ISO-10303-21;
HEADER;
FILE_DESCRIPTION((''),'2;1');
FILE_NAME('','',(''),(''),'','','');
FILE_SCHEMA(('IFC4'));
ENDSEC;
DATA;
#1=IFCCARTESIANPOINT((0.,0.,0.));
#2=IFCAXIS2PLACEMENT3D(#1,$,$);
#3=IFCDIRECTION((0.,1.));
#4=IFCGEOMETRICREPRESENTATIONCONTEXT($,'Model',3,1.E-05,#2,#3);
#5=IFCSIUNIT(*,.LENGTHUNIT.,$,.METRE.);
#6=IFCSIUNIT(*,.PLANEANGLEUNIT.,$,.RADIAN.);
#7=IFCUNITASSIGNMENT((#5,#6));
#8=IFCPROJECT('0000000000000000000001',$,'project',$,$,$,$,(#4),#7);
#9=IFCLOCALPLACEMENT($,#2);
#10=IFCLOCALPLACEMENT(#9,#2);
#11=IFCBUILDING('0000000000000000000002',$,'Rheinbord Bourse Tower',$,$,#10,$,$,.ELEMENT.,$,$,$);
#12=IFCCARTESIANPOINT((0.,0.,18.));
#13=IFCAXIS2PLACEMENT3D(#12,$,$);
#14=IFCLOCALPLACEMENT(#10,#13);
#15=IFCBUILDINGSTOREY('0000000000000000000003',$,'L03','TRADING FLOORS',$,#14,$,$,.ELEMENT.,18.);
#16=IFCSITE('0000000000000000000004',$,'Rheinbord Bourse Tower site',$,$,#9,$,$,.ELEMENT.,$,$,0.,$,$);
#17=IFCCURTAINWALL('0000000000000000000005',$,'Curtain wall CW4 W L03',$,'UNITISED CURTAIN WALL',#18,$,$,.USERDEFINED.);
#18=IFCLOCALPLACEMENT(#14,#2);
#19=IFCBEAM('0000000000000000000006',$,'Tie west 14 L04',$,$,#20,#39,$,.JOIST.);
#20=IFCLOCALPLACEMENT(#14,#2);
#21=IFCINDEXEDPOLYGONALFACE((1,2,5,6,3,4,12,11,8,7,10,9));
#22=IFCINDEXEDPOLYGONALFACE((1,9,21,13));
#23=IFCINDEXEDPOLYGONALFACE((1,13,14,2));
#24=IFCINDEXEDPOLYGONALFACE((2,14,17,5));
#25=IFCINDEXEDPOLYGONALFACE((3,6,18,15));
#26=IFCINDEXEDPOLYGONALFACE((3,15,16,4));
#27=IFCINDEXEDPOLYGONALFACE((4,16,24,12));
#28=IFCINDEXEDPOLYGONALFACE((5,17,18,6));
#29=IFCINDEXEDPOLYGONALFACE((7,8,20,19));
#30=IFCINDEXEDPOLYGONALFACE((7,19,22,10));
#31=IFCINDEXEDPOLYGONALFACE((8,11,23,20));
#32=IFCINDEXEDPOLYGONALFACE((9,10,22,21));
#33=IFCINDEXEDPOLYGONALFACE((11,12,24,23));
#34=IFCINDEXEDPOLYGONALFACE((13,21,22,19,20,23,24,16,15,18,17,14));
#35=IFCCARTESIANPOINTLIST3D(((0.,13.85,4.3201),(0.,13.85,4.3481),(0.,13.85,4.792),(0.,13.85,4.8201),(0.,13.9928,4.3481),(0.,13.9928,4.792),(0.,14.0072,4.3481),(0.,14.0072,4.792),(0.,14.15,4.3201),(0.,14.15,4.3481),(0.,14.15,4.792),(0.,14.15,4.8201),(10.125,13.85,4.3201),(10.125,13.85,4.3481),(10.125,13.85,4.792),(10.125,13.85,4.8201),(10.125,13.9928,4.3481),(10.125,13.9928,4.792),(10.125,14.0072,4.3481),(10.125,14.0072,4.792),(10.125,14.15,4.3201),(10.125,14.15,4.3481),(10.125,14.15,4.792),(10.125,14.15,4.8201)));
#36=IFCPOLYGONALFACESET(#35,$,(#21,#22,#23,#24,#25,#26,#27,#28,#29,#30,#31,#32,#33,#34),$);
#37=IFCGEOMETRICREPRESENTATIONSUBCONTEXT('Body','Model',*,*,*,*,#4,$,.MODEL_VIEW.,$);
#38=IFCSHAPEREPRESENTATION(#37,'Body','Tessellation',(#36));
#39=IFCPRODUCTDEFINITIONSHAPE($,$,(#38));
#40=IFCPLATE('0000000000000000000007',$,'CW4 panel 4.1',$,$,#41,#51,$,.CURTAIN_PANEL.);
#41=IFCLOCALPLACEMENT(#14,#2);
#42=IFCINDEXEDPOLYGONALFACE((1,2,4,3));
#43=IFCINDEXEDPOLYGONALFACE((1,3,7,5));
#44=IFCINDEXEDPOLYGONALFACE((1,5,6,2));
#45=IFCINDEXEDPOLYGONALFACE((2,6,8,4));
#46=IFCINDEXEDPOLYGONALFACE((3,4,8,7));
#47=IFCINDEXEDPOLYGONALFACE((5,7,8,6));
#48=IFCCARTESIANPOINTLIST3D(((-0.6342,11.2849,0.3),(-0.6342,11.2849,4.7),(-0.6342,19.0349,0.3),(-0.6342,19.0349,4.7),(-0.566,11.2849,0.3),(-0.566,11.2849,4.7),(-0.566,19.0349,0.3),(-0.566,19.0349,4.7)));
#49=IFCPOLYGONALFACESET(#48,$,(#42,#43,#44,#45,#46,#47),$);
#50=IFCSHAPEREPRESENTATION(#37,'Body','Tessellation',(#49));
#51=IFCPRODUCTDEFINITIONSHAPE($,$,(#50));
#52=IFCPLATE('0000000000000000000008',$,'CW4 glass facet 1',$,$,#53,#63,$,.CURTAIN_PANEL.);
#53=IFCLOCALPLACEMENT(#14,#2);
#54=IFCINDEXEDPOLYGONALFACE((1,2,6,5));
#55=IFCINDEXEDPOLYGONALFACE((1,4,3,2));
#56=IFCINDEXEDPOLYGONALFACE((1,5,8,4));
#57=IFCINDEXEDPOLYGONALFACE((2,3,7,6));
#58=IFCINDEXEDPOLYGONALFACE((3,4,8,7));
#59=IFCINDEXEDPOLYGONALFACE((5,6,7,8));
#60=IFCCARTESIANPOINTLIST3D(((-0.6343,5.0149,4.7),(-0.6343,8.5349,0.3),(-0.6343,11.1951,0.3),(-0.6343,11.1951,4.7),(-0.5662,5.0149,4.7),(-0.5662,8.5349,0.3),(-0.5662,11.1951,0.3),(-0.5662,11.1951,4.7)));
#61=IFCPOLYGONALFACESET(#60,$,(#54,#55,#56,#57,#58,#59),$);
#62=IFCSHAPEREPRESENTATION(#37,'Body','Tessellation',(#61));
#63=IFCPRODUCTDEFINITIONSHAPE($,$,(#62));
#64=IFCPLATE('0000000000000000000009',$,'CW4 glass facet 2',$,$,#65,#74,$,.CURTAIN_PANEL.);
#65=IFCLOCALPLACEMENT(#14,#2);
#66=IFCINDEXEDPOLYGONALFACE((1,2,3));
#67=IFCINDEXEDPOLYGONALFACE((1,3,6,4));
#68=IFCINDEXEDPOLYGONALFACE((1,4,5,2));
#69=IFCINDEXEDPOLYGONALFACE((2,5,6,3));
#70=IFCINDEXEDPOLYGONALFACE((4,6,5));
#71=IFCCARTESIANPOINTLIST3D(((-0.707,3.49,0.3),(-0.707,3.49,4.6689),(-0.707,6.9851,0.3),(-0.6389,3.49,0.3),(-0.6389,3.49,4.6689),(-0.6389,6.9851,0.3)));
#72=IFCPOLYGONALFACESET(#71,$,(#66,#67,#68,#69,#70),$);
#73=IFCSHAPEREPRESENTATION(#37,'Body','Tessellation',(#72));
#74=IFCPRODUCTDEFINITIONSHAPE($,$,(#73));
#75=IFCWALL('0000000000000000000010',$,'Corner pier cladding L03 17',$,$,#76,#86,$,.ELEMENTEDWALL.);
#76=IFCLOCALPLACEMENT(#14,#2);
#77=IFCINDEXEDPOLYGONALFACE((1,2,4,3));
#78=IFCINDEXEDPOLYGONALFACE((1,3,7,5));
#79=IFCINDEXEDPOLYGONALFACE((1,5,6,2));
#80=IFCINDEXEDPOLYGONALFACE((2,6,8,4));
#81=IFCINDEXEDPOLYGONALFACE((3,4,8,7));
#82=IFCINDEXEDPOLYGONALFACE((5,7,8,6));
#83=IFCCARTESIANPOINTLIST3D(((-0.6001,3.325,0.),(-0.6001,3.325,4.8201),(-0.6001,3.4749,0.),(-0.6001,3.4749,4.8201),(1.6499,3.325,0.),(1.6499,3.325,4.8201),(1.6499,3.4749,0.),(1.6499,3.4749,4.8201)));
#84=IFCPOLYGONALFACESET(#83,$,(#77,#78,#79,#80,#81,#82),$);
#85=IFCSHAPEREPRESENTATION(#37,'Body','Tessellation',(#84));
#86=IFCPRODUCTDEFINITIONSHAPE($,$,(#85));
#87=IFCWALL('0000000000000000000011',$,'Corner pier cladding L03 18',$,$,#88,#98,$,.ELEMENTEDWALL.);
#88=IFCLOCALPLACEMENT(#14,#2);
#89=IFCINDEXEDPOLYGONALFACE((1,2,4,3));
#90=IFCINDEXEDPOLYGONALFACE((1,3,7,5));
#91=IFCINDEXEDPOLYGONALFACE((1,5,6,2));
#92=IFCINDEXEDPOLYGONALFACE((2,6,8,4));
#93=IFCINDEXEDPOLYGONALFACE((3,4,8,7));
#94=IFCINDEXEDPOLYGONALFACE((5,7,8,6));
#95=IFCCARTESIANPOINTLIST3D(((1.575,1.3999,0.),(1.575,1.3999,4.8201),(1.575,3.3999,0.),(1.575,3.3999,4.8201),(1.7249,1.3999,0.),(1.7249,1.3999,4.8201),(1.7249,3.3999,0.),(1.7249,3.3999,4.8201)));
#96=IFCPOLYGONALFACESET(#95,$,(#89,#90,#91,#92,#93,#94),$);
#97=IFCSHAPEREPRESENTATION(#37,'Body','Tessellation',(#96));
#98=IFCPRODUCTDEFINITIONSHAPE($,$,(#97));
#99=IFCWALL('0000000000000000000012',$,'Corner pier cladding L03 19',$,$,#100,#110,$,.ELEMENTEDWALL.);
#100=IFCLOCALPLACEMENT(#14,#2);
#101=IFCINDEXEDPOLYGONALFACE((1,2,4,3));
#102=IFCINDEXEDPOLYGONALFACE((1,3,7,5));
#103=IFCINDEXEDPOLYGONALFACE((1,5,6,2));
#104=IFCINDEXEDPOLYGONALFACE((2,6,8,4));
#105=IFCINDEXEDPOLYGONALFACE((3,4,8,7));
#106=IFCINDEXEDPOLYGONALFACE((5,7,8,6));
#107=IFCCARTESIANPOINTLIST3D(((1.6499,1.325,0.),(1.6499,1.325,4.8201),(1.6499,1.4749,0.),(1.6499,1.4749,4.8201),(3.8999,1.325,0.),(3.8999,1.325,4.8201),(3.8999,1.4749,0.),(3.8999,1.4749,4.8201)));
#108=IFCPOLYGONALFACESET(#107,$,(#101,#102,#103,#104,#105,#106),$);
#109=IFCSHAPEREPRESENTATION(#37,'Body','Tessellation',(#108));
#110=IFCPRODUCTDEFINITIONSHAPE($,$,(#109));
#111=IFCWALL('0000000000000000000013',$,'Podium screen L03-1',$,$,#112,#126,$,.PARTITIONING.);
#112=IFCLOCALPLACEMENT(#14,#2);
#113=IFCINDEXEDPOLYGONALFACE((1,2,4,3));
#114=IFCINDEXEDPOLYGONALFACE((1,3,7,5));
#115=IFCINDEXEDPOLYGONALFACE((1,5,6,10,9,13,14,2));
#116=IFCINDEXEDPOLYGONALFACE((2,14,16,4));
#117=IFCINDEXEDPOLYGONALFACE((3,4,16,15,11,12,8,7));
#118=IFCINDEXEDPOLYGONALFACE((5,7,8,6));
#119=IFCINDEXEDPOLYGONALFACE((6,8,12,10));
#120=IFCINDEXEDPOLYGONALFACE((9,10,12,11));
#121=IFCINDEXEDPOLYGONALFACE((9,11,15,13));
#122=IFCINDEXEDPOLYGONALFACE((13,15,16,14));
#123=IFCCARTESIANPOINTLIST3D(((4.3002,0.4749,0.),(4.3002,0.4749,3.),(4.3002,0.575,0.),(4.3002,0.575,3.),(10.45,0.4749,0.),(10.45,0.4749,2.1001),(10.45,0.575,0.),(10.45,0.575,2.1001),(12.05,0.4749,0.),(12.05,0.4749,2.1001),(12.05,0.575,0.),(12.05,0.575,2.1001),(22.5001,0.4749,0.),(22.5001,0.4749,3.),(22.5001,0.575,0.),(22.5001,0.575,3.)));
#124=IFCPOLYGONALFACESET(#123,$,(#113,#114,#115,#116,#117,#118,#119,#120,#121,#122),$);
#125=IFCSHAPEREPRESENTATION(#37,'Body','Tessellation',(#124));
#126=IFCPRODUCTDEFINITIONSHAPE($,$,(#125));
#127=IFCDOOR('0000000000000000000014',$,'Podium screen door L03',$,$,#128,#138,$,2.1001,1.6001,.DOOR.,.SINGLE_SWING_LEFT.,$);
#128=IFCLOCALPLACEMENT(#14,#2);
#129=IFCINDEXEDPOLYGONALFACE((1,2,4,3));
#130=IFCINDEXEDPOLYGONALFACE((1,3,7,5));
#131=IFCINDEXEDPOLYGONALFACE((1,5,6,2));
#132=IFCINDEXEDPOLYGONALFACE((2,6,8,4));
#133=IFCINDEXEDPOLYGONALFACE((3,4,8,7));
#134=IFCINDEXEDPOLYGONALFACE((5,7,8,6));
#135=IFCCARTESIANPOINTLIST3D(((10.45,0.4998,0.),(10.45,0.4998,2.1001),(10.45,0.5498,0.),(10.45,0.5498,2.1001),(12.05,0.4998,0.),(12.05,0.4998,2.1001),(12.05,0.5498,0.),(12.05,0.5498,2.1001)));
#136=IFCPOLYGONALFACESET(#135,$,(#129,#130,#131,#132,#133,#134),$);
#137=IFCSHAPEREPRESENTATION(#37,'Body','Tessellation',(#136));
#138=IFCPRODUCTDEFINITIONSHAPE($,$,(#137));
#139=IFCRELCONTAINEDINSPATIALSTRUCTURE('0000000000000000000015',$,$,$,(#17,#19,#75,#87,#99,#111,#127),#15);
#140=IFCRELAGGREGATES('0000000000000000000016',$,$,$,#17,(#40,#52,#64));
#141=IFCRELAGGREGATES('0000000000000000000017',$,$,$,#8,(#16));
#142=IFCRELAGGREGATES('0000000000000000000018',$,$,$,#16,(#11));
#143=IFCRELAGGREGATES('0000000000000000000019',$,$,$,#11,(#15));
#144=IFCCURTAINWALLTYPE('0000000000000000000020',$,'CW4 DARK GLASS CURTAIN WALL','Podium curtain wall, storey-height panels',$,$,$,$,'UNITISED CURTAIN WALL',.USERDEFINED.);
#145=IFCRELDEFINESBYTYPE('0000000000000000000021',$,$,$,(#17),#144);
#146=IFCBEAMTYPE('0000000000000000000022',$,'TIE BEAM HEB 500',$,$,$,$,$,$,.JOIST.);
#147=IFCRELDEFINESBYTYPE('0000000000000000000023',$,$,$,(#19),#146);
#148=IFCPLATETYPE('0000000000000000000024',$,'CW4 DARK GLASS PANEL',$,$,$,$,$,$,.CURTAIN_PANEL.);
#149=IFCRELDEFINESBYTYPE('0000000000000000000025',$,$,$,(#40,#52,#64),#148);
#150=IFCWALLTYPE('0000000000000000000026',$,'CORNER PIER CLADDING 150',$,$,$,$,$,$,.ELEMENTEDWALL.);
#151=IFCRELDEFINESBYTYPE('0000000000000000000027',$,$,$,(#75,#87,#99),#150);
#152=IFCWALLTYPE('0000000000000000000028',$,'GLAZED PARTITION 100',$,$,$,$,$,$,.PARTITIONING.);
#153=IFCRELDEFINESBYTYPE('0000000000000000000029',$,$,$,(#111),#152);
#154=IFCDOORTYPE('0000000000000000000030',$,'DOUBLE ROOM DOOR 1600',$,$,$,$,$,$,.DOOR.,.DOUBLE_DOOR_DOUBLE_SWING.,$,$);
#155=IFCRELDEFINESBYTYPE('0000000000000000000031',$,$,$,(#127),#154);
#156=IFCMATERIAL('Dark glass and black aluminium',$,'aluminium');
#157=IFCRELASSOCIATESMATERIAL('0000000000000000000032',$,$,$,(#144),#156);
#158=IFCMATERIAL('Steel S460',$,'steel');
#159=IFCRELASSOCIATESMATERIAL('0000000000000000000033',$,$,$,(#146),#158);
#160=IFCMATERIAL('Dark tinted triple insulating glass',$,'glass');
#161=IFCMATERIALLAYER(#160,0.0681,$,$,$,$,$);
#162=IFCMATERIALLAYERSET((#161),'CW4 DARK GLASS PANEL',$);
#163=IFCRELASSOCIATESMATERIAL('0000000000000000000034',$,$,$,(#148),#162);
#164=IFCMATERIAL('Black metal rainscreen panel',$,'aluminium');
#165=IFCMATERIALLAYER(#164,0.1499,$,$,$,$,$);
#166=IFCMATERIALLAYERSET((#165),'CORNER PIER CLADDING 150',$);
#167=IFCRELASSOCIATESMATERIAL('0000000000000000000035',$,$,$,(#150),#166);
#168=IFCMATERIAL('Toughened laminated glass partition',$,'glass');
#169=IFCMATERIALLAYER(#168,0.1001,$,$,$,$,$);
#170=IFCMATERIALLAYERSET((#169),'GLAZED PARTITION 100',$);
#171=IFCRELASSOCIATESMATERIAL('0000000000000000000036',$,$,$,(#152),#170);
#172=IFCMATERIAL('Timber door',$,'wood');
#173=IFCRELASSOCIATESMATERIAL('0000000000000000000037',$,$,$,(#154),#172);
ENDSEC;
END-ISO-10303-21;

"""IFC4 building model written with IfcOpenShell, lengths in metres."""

from ifc_helpers import new_model, si_unit, direction, frame, frame_2d, origin, origin_2d, place, context, subcontext, project, spatial, polyline, rectangle, i_section, outline, extrude, material, layer, layer_set, material_profile, profile_set, type_object, element, fill, aggregate, save


model = new_model("IFC4")

# Units and contexts
model_context = context("Model", 3, precision=1e-05, world=origin(), true_north=direction((0.0, 1.0)))
body_context = subcontext(model_context, "Body", "Model", "MODEL_VIEW")
ifc_project = project(units=[si_unit("LENGTHUNIT", "METRE"), si_unit("PLANEANGLEUNIT", "RADIAN")], contexts=[model_context])

# Site, building, storey
site_placement = place(None, origin())
site = spatial("IfcSite", under=ifc_project, at=site_placement, Name="Rheinbord Bourse Tower site", CompositionType="ELEMENT", RefElevation=0.0)
building_placement = place(site_placement, origin())
building = spatial("IfcBuilding", under=site, at=building_placement, Name="Rheinbord Bourse Tower", CompositionType="ELEMENT")
storey_placement = place(building_placement, frame((0.0, 0.0, 18.0)))
storey = spatial("IfcBuildingStorey", under=building, at=storey_placement, Name="L03", Description="TRADING FLOORS", CompositionType="ELEMENT", Elevation=18.0)

# Curtain wall
ifc_material_1 = material(Name="Dark glass and black aluminium", Category="aluminium")
curtain_wall_type = type_object("IfcCurtainWallType", Name="CW4 DARK GLASS CURTAIN WALL", Description="Podium curtain wall, storey-height panels", ElementType="UNITISED CURTAIN WALL", PredefinedType="USERDEFINED", material=ifc_material_1)
curtain_wall_1_placement = place(storey_placement, origin())
curtain_wall_1 = element("IfcCurtainWall", 1, at=curtain_wall_1_placement, inside=storey, type_object=curtain_wall_type, Name="Curtain wall CW4 W L03", ObjectType="UNITISED CURTAIN WALL", PredefinedType="USERDEFINED")

# Beam
ifc_material_2 = material(Name="Steel S460", Category="steel")
ifc_material_profile_1 = material_profile(ifc_material_2, i_section(OverallWidth=0.3, OverallDepth=0.5, WebThickness=0.0144, FlangeThickness=0.0281, at=origin_2d()), Name="HEB 500")
ifc_profile_set_1 = profile_set([ifc_material_profile_1], Name="Steel S460")
beam_type_1 = type_object("IfcBeamType", Name="TIE BEAM HEB 500", PredefinedType="JOIST", material=ifc_profile_set_1)
for number, where, z_axis, x_axis, name in (
    (2, (0.0, 14.0, 4.5701), (1.0, 0.0, 0.0), (0.0, 1.0, 0.0), "Tie west 14 L04"),
):
    element("IfcBeam", number, at=place(storey_placement, frame(where, z_axis=z_axis, x_axis=x_axis)), inside=storey, type_object=beam_type_1, Name=name, PredefinedType="JOIST", context=body_context, shape_type="SweptSolid", body=[
        extrude(i_section(OverallWidth=0.3, OverallDepth=0.5, WebThickness=0.0144, FlangeThickness=0.0281, at=origin_2d()), origin(), (0.0, 0.0, 1.0), 10.125),
    ])

# Plates
ifc_material_3 = material(Name="Dark tinted triple insulating glass", Category="glass")
ifc_layer_1 = layer(ifc_material_3, 0.0681)
ifc_layer_set_1 = layer_set([ifc_layer_1], Name="CW4 DARK GLASS PANEL")
plate_type = type_object("IfcPlateType", Name="CW4 DARK GLASS PANEL", PredefinedType="CURTAIN_PANEL", material=ifc_layer_set_1)
plate_1_placement = place(storey_placement, frame((-0.6001, 15.1599, 0.3), z_axis=(0.0, 0.0, 1.0), x_axis=(0.0, -1.0, 0.0)))
plate_1 = element("IfcPlate", 3, at=plate_1_placement, type_object=plate_type, Name="CW4 panel 4.1", PredefinedType="CURTAIN_PANEL", context=body_context, shape_type="SweptSolid", body=[
    extrude(rectangle(XDim=7.75, YDim=0.0681, at=origin_2d()), origin(), (0.0, 0.0, 1.0), 4.3999),
])
plate_2_placement = place(storey_placement, frame((-0.6343, 11.1951, 0.3), z_axis=(1.0, 0.0, 0.0), x_axis=(0.0, 0.0, 1.0)))
plate_2 = element("IfcPlate", 4, at=plate_2_placement, type_object=plate_type, Name="CW4 glass facet 1", PredefinedType="CURTAIN_PANEL", context=body_context, shape_type="SweptSolid", body=[
    extrude(outline(polyline([(0.0, 0.0), (4.3999, 0.0), (4.3999, 6.1802), (0.0, 2.6602), (0.0, 0.0)])), origin(), (0.0, 0.0, 1.0), 0.0681),
])
plate_3_placement = place(storey_placement, frame((-0.707, 3.49, 0.3), z_axis=(1.0, 0.0, 0.0), x_axis=(0.0, 1.0, 0.0)))
plate_3 = element("IfcPlate", 5, at=plate_3_placement, type_object=plate_type, Name="CW4 glass facet 2", PredefinedType="CURTAIN_PANEL", context=body_context, shape_type="SweptSolid", body=[
    extrude(outline(polyline([(0.0, 0.0), (3.4951, 0.0), (0.0, 4.3689), (0.0, 0.0)])), origin(), (0.0, 0.0, 1.0), 0.0681),
])
aggregate(curtain_wall_1, [plate_1, plate_2, plate_3])

# Walls
ifc_material_4 = material(Name="Black metal rainscreen panel", Category="aluminium")
ifc_layer_2 = layer(ifc_material_4, 0.1499)
ifc_layer_set_2 = layer_set([ifc_layer_2], Name="CORNER PIER CLADDING 150")
wall_type_1 = type_object("IfcWallType", Name="CORNER PIER CLADDING 150", PredefinedType="ELEMENTEDWALL", material=ifc_layer_set_2)
wall_1_placement = place(storey_placement, frame((-0.6001, 3.3999, 0.0), z_axis=(0.0, 0.0, 1.0), x_axis=(1.0, 0.0, 0.0)))
element("IfcWall", 6, at=wall_1_placement, inside=storey, type_object=wall_type_1, Name="Corner pier cladding L03 17", PredefinedType="ELEMENTEDWALL", context=body_context, shape_type="SweptSolid", body=[
    extrude(rectangle(XDim=2.25, YDim=0.1499, at=frame_2d((1.125, 0.0))), origin(), (0.0, 0.0, 1.0), 4.8201),
])
wall_2_placement = place(storey_placement, frame((1.6499, 3.3999, 0.0), z_axis=(0.0, 0.0, 1.0), x_axis=(0.0, -1.0, 0.0)))
element("IfcWall", 7, at=wall_2_placement, inside=storey, type_object=wall_type_1, Name="Corner pier cladding L03 18", PredefinedType="ELEMENTEDWALL", context=body_context, shape_type="SweptSolid", body=[
    extrude(rectangle(XDim=2.0, YDim=0.1499, at=frame_2d((1.0, 0.0))), origin(), (0.0, 0.0, 1.0), 4.8201),
])
wall_3_placement = place(storey_placement, frame((1.6499, 1.3999, 0.0), z_axis=(0.0, 0.0, 1.0), x_axis=(1.0, 0.0, 0.0)))
element("IfcWall", 8, at=wall_3_placement, inside=storey, type_object=wall_type_1, Name="Corner pier cladding L03 19", PredefinedType="ELEMENTEDWALL", context=body_context, shape_type="SweptSolid", body=[
    extrude(rectangle(XDim=2.25, YDim=0.1499, at=frame_2d((1.125, 0.0))), origin(), (0.0, 0.0, 1.0), 4.8201),
])

# Wall, opening, door
ifc_material_5 = material(Name="Toughened laminated glass partition", Category="glass")
ifc_layer_3 = layer(ifc_material_5, 0.1001)
ifc_layer_set_3 = layer_set([ifc_layer_3], Name="GLAZED PARTITION 100")
wall_type_2 = type_object("IfcWallType", Name="GLAZED PARTITION 100", PredefinedType="PARTITIONING", material=ifc_layer_set_3)
wall_4_placement = place(storey_placement, frame((4.3, 0.5249, 0.0), z_axis=(0.0, 0.0, 1.0), x_axis=(1.0, 0.0, 0.0)))
wall_4 = element("IfcWall", 9, at=wall_4_placement, inside=storey, type_object=wall_type_2, Name="Podium screen L03-1", PredefinedType="PARTITIONING", context=body_context, shape_type="SweptSolid", body=[
    extrude(rectangle(XDim=18.2, YDim=0.1001, at=frame_2d((9.1001, 0.0))), origin(), (0.0, 0.0, 1.0), 3.0),
])
opening_placement = place(wall_4_placement, frame((6.1499, 0.0, 0.0)))
opening = element("IfcOpeningElement", 10, at=opening_placement, cuts=wall_4, PredefinedType="OPENING", context=body_context, shape_type="SweptSolid", body=[
    extrude(rectangle(XDim=1.6001, YDim=2.1001, at=frame_2d((0.8, 1.05))), frame((0.0, 0.0601, 0.0), z_axis=(0.0, -1.0, 0.0), x_axis=(1.0, 0.0, 0.0)), (0.0, 0.0, 1.0), 0.1201),
])
ifc_material_6 = material(Name="Timber door", Category="wood")
door_type = type_object("IfcDoorType", Name="DOUBLE ROOM DOOR 1600", OperationType="DOUBLE_DOOR_DOUBLE_SWING", PredefinedType="DOOR", material=ifc_material_6)
door_placement = place(opening_placement, origin())
door = element("IfcDoor", 11, at=door_placement, inside=storey, type_object=door_type, Name="Podium screen door L03", OperationType="SINGLE_SWING_LEFT", OverallHeight=2.1001, OverallWidth=1.6001, PredefinedType="DOOR", context=body_context, shape_type="SweptSolid", body=[
    extrude(rectangle(XDim=1.6001, YDim=2.1001, at=frame_2d((0.8, 1.05))), frame((0.0, 0.0249, 0.0), z_axis=(0.0, -1.0, 0.0), x_axis=(1.0, 0.0, 0.0)), (0.0, 0.0, 1.0), 0.05),
])
fill(opening, door)

save(model, "model.ifc")
